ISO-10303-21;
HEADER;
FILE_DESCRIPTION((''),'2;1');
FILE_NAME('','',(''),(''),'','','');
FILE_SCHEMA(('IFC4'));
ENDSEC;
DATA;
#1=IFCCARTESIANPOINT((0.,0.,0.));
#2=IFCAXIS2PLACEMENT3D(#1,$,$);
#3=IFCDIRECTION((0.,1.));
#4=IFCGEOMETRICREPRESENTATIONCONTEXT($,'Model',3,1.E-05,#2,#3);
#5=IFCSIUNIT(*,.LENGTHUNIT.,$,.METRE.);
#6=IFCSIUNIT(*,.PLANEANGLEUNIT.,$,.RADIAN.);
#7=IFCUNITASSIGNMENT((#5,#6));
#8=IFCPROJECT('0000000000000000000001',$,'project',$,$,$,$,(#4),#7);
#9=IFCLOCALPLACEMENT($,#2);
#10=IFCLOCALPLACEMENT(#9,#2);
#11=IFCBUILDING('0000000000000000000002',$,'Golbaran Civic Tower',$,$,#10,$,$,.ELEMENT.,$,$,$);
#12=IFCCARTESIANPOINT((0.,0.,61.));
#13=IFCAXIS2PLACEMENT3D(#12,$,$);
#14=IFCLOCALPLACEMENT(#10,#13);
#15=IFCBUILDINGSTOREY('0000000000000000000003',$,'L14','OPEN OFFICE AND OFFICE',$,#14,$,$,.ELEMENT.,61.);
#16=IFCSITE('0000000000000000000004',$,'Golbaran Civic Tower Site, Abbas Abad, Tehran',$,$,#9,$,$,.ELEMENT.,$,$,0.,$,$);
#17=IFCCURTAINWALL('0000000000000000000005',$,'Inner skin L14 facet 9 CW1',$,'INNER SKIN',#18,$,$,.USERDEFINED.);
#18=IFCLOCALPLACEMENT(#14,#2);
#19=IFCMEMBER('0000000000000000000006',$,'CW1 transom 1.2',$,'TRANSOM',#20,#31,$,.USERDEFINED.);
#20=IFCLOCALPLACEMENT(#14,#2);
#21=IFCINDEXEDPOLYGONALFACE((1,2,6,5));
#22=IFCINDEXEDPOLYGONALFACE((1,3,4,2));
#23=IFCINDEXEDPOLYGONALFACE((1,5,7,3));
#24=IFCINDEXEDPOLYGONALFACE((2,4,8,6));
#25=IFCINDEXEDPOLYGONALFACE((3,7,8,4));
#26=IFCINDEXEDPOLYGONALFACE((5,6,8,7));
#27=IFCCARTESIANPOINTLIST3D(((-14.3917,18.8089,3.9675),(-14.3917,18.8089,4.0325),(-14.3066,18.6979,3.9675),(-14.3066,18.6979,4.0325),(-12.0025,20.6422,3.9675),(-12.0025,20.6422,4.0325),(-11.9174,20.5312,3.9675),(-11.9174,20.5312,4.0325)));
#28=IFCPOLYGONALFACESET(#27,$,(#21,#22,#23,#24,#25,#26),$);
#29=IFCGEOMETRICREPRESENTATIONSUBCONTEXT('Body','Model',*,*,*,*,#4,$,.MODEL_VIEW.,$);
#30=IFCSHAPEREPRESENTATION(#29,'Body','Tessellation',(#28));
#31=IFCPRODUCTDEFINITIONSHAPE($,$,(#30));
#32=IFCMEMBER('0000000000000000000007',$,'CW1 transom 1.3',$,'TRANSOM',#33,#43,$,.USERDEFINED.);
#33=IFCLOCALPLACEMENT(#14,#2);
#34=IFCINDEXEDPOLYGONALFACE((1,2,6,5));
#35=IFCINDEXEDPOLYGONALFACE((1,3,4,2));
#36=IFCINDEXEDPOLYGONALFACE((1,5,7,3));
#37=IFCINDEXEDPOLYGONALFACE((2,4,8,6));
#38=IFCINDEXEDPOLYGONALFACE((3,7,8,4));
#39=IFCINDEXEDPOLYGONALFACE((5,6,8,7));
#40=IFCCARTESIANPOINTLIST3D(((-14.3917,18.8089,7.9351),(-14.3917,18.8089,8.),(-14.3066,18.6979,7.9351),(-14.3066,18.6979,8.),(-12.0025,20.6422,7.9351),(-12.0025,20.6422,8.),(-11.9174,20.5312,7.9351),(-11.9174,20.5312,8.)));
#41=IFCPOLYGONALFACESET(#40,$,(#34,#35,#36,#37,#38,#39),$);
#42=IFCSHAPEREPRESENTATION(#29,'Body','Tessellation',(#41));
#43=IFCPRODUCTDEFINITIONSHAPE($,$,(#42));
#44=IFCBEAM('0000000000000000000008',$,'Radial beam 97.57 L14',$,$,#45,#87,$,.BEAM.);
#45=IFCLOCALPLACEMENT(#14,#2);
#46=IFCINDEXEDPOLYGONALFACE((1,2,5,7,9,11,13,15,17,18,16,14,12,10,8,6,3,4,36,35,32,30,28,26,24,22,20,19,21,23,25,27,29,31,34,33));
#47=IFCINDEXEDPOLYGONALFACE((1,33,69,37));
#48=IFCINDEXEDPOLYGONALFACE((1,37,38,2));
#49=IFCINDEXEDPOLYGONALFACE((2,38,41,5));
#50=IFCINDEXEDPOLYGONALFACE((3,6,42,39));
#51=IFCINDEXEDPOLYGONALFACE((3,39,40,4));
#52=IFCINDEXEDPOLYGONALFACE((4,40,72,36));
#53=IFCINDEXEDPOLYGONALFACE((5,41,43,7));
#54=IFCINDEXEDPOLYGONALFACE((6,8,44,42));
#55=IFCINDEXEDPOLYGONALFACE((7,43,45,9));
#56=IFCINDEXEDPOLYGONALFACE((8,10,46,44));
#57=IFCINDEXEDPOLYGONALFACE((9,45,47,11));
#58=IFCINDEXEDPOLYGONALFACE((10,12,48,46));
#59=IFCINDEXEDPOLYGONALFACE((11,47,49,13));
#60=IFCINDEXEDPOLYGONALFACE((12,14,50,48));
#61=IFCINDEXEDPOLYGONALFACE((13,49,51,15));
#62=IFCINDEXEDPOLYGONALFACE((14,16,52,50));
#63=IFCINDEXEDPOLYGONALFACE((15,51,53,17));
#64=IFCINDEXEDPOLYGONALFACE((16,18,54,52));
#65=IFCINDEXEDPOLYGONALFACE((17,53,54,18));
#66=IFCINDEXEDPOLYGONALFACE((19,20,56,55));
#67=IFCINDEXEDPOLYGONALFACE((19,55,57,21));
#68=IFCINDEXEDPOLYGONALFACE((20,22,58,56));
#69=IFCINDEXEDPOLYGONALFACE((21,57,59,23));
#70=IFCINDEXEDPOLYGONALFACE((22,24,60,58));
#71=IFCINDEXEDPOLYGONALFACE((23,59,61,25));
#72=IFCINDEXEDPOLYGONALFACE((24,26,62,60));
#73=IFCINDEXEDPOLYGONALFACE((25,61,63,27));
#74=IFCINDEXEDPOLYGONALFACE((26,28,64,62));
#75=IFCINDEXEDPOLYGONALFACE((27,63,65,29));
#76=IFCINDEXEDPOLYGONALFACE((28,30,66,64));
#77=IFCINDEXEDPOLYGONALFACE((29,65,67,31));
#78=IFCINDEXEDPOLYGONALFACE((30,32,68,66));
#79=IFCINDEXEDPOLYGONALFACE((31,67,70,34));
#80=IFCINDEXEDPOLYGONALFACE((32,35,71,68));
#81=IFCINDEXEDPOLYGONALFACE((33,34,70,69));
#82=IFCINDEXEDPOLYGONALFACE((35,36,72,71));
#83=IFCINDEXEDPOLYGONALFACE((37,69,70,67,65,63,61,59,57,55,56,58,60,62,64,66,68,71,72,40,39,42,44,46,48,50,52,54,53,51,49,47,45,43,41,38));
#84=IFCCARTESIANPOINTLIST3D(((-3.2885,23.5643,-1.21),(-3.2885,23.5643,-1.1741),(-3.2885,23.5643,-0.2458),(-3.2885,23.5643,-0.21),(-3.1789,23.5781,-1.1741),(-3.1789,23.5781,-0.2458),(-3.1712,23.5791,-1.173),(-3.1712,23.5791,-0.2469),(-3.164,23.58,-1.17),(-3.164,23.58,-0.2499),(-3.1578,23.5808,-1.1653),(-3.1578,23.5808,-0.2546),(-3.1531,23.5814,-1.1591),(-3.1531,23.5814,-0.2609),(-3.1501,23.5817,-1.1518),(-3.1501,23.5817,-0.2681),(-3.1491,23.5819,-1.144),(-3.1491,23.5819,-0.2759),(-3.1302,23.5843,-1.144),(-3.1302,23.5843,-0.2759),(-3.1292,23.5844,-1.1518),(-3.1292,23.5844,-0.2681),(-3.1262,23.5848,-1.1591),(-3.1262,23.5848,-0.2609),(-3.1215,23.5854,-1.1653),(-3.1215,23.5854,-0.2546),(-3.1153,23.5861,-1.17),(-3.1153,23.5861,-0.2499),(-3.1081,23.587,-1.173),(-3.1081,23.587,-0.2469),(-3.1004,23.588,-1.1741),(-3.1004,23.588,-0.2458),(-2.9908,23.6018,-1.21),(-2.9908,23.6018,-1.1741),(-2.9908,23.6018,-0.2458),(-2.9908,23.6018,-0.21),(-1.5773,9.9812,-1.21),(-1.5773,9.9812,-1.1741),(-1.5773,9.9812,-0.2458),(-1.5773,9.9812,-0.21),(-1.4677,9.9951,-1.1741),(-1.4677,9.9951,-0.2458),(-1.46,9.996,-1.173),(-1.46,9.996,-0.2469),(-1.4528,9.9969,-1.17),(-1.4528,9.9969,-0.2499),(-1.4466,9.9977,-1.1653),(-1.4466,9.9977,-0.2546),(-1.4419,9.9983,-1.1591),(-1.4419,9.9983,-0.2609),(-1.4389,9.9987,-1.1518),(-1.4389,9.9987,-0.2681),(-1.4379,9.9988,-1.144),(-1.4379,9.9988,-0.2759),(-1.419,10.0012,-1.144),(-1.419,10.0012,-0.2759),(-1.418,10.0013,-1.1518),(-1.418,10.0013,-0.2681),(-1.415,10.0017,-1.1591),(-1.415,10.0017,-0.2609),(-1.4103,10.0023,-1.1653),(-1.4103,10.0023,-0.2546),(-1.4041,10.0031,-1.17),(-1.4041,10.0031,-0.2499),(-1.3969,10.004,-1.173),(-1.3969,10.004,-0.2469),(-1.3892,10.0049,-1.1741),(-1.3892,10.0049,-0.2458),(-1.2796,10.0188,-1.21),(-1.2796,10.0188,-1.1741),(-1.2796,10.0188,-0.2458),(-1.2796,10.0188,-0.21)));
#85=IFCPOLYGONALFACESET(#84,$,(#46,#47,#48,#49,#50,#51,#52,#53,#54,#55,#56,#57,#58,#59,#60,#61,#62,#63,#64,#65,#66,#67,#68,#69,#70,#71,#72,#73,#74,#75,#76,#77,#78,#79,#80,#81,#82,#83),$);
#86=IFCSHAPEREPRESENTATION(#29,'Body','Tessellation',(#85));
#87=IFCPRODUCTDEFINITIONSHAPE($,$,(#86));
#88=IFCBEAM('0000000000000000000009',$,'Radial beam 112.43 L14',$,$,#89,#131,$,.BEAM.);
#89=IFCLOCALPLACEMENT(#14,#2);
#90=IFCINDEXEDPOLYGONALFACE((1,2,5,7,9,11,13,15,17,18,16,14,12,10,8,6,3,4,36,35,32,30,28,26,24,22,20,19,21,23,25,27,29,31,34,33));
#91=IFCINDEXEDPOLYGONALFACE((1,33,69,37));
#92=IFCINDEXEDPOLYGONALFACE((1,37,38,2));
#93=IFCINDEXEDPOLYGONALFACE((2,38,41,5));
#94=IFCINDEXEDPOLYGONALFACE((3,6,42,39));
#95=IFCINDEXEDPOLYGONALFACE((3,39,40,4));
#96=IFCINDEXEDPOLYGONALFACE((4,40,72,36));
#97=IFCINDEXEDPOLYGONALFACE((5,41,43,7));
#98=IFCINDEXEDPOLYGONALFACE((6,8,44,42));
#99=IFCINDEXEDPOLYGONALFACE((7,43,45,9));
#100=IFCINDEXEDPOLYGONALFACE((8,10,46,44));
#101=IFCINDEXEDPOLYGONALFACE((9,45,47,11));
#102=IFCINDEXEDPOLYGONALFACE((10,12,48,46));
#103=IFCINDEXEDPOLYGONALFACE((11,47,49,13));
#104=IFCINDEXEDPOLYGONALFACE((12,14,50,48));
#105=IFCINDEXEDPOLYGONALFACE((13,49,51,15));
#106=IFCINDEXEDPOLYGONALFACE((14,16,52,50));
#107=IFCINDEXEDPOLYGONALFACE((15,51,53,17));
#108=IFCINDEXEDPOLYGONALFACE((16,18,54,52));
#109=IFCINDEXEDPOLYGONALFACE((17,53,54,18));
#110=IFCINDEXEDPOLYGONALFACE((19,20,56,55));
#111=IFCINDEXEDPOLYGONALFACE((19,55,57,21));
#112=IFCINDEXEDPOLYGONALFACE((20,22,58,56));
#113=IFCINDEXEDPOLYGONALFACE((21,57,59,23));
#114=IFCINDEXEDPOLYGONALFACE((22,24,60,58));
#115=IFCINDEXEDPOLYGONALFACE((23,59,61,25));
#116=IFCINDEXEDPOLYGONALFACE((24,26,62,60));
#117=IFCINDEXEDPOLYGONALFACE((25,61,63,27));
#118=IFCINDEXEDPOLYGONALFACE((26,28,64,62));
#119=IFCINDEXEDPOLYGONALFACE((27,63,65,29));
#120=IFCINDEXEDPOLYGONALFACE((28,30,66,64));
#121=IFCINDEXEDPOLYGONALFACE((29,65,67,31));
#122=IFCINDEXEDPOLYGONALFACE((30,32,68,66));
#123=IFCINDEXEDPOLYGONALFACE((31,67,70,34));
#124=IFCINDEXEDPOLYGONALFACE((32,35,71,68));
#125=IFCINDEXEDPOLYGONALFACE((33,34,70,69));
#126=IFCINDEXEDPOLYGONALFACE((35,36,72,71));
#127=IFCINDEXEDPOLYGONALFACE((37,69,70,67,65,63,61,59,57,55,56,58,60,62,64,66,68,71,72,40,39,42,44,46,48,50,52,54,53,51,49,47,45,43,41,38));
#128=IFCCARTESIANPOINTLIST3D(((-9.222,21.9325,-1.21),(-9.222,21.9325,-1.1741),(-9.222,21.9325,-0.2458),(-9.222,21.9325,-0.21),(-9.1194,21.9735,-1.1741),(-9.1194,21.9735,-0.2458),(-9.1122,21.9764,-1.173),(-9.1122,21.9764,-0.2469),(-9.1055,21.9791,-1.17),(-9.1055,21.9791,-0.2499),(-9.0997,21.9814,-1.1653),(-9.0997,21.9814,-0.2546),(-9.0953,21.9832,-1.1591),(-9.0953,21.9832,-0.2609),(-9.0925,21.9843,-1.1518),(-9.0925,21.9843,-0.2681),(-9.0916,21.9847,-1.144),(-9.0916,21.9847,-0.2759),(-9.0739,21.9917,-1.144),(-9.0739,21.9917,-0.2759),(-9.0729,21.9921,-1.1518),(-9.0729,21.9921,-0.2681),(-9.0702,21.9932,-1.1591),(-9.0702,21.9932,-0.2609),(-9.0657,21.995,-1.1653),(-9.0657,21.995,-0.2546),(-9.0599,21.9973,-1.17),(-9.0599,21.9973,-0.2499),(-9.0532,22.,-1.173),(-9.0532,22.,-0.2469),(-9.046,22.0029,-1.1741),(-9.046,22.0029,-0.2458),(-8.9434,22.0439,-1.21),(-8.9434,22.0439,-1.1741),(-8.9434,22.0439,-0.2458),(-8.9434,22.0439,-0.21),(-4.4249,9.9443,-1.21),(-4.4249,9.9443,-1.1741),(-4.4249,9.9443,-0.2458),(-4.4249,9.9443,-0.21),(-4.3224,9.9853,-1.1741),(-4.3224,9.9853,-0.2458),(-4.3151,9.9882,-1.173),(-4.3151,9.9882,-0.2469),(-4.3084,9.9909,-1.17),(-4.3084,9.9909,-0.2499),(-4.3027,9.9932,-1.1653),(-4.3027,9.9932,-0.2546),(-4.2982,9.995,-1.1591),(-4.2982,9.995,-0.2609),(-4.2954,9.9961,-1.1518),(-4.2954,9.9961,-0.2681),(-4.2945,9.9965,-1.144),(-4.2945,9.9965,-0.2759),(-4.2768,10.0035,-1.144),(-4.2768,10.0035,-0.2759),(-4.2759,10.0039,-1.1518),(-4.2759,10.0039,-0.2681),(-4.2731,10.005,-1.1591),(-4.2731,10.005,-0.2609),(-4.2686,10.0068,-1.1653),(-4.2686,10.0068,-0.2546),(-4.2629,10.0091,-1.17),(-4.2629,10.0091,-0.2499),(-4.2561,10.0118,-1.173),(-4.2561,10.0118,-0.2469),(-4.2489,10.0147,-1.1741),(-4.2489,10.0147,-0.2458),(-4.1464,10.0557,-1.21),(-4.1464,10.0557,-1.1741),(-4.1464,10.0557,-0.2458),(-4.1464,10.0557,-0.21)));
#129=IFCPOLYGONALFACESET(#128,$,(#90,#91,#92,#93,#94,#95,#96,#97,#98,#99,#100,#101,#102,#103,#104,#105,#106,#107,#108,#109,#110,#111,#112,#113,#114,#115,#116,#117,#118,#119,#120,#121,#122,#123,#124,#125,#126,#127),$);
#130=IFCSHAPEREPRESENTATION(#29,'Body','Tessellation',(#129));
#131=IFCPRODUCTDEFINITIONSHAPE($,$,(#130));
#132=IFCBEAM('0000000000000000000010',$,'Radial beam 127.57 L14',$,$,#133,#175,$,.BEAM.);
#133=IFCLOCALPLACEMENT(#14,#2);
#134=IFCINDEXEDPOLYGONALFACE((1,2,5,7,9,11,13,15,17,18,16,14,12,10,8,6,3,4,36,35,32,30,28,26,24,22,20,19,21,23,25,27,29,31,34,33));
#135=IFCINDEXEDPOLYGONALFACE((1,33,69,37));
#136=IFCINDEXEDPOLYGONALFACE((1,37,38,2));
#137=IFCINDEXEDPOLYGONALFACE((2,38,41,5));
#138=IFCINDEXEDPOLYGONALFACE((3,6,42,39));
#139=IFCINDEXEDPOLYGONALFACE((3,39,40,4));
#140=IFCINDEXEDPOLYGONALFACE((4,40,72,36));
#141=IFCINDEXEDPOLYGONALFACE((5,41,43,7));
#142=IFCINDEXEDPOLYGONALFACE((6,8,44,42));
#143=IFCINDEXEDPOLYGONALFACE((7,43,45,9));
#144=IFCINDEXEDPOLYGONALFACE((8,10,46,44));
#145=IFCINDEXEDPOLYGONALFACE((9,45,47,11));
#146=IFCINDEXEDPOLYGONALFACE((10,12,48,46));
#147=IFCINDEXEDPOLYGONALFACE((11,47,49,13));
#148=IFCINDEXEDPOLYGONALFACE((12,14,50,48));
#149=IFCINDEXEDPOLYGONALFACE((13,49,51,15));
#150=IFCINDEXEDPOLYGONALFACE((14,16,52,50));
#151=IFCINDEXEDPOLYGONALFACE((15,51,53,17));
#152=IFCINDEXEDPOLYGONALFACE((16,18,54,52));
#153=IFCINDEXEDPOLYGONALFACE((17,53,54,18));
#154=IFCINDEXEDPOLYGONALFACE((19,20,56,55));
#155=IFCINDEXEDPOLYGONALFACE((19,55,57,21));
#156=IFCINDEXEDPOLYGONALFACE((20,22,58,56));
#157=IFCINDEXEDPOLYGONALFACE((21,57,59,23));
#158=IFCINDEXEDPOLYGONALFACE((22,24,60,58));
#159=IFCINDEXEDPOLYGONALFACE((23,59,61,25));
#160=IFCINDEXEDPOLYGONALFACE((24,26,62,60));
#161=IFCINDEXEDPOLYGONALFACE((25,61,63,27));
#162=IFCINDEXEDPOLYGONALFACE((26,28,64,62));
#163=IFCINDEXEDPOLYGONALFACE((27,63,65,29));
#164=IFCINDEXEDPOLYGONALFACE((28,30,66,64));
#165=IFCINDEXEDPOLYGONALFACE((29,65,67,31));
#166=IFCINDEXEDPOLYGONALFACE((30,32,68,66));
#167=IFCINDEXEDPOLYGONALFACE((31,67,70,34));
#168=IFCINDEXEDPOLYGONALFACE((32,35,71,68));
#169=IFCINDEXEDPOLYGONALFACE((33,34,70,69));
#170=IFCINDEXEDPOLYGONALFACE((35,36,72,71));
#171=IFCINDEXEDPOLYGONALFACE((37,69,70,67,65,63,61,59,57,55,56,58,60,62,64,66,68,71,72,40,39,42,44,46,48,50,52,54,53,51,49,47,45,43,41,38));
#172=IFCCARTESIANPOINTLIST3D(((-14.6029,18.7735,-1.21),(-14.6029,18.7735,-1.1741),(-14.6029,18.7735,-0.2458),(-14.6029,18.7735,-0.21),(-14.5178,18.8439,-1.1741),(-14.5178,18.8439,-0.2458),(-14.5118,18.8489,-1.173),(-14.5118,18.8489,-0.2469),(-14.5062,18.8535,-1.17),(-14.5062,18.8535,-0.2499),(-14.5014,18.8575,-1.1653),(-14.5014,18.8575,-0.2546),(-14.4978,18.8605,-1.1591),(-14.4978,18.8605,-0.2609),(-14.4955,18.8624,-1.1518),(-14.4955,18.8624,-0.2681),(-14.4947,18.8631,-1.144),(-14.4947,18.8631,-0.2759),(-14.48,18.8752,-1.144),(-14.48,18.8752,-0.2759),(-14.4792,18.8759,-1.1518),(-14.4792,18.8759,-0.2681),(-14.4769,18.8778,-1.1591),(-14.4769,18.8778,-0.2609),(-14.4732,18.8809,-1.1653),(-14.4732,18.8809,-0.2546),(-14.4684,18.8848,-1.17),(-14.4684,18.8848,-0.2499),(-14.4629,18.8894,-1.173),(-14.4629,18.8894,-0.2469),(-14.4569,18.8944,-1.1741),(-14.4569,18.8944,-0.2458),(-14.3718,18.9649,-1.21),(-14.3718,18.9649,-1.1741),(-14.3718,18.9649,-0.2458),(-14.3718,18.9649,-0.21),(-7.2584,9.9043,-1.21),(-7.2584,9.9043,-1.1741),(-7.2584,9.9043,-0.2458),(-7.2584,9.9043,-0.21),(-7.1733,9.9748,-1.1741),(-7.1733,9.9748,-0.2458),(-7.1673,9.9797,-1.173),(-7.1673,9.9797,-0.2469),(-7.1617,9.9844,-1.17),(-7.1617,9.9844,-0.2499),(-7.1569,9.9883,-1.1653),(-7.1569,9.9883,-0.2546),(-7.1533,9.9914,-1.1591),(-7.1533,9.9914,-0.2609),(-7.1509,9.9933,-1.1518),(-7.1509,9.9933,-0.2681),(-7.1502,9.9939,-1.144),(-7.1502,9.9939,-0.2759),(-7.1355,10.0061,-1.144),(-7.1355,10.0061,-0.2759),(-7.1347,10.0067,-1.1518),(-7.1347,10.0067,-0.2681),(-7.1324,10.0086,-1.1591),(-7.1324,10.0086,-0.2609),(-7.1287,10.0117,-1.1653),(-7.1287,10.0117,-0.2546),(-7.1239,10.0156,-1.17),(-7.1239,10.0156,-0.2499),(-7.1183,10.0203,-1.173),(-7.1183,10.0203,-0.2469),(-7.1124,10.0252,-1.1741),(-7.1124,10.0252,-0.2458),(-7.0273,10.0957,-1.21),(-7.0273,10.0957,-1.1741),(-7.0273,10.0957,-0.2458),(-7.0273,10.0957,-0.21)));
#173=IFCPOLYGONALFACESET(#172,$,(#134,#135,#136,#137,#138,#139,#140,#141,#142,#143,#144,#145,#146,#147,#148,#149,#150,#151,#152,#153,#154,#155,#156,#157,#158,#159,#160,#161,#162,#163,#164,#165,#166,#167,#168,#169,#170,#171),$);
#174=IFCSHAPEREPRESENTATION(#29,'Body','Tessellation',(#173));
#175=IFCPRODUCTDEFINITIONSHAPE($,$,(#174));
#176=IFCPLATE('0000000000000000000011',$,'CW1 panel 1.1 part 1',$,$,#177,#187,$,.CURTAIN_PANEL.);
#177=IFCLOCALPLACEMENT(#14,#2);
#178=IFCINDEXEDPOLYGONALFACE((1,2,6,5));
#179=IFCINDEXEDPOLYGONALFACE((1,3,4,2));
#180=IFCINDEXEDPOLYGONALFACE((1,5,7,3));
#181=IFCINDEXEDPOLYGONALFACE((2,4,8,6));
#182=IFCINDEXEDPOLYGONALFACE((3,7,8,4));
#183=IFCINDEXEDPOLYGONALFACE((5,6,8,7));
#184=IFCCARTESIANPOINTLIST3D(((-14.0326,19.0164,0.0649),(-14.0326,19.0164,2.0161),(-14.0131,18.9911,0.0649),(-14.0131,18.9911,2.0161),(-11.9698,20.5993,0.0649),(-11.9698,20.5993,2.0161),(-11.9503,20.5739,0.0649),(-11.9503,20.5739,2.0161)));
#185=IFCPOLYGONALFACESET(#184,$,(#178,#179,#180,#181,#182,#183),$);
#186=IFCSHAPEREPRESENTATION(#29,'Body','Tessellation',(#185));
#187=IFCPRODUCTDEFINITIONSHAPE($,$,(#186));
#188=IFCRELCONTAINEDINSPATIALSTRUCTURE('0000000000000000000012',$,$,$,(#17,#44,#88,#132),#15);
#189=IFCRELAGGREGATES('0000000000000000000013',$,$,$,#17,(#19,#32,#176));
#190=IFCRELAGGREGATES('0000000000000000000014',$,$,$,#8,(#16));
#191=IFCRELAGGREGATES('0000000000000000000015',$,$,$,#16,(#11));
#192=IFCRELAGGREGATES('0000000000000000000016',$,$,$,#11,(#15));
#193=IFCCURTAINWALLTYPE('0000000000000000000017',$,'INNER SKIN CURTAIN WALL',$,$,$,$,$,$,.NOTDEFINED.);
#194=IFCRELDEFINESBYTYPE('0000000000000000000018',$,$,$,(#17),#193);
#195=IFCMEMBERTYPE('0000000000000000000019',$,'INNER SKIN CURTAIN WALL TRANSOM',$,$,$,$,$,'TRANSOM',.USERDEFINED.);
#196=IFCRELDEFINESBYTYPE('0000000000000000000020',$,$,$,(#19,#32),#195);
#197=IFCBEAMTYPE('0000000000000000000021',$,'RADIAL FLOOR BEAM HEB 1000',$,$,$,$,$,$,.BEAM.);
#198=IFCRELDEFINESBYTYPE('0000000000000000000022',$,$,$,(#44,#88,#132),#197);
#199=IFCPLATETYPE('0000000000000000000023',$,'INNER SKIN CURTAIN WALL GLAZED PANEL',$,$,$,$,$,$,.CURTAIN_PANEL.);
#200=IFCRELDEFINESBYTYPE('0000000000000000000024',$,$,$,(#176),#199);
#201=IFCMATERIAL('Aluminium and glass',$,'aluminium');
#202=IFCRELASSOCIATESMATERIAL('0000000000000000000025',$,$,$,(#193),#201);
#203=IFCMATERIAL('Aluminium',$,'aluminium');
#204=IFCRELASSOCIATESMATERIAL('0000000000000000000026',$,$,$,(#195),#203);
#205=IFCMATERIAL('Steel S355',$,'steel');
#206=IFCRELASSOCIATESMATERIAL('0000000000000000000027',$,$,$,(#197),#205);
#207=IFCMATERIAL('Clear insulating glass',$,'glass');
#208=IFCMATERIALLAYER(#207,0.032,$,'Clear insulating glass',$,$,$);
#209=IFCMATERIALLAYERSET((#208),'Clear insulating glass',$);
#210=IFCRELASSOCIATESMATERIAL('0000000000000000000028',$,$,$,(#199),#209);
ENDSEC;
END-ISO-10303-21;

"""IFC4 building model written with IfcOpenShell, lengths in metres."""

from ifc_helpers import new_model, si_unit, direction, frame, origin, origin_2d, place, context, subcontext, project, spatial, rectangle, i_section, extrude, material, layer, layer_set, material_profile, profile_set, type_object, element, aggregate, save


model = new_model("IFC4")

# Units and contexts
model_context = context("Model", 3, precision=1e-05, world=origin(), true_north=direction((0.0, 1.0)))
body_context = subcontext(model_context, "Body", "Model", "MODEL_VIEW")
ifc_project = project(units=[si_unit("LENGTHUNIT", "METRE"), si_unit("PLANEANGLEUNIT", "RADIAN")], contexts=[model_context])

# Site, building, storey
site_placement = place(None, origin())
site = spatial("IfcSite", under=ifc_project, at=site_placement, Name="Golbaran Civic Tower Site, Abbas Abad, Tehran", CompositionType="ELEMENT", RefElevation=0.0)
building_placement = place(site_placement, origin())
building = spatial("IfcBuilding", under=site, at=building_placement, Name="Golbaran Civic Tower", CompositionType="ELEMENT")
storey_placement = place(building_placement, frame((0.0, 0.0, 61.0)))
storey = spatial("IfcBuildingStorey", under=building, at=storey_placement, Name="L14", Description="OPEN OFFICE AND OFFICE", CompositionType="ELEMENT", Elevation=61.0)

# Shared definitions
ifc_material_1 = material(Name="Steel S355", Category="steel")

# Shared definitions
ifc_material_2 = material(Name="Aluminium and glass", Category="aluminium")
curtain_wall_type = type_object("IfcCurtainWallType", Name="INNER SKIN CURTAIN WALL", PredefinedType="NOTDEFINED", material=ifc_material_2)
ifc_material_3 = material(Name="Aluminium", Category="aluminium")

# Curtain wall, members
curtain_wall_1_placement = place(storey_placement, origin())
curtain_wall_1 = element("IfcCurtainWall", 1, at=curtain_wall_1_placement, inside=storey, type_object=curtain_wall_type, Name="Inner skin L14 facet 9 CW1", ObjectType="INNER SKIN", PredefinedType="USERDEFINED")
ifc_material_profile_1 = material_profile(ifc_material_3, rectangle(XDim=0.1399, YDim=0.0649, at=origin_2d()), Name="INNER SKIN CURTAIN WALL TRANSOM")
ifc_profile_set_1 = profile_set([ifc_material_profile_1], Name="Aluminium")
member_type_1 = type_object("IfcMemberType", Name="INNER SKIN CURTAIN WALL TRANSOM", ElementType="TRANSOM", PredefinedType="USERDEFINED", material=ifc_profile_set_1)
member_1_placement = place(storey_placement, frame((-11.96, 20.5867, 4.0), z_axis=(-0.793356, -0.608758, 0.0), x_axis=(0.608758, -0.793356, 0.0)))
member_1 = element("IfcMember", 2, at=member_1_placement, type_object=member_type_1, Name="CW1 transom 1.2", ObjectType="TRANSOM", PredefinedType="USERDEFINED", context=body_context, shape_type="SweptSolid", body=[
    extrude(rectangle(XDim=0.1399, YDim=0.0649, at=origin_2d()), origin(), (0.0, 0.0, 1.0), 3.0115),
])
member_2_placement = place(storey_placement, frame((-11.96, 20.5867, 7.9675), z_axis=(-0.793356, -0.608758, 0.0), x_axis=(0.608758, -0.793356, 0.0)))
member_2 = element("IfcMember", 3, at=member_2_placement, type_object=member_type_1, Name="CW1 transom 1.3", ObjectType="TRANSOM", PredefinedType="USERDEFINED", context=body_context, shape_type="SweptSolid", body=[
    extrude(rectangle(XDim=0.1399, YDim=0.0649, at=origin_2d()), origin(), (0.0, 0.0, 1.0), 3.0115),
])

# Beams
ifc_material_profile_2 = material_profile(ifc_material_1, i_section(OverallWidth=0.3, OverallDepth=1.0, WebThickness=0.019, FlangeThickness=0.0359, FilletRadius=0.03, at=origin_2d()), Name="HEB 1000")
ifc_profile_set_2 = profile_set([ifc_material_profile_2], Name="Steel S355")
beam_type_1 = type_object("IfcBeamType", Name="RADIAL FLOOR BEAM HEB 1000", PredefinedType="BEAM", material=ifc_profile_set_2)
beam_1_placement = place(storey_placement, frame((-1.4285, 10.0, -0.71), z_axis=(-0.124992, 0.992158, 0.0), x_axis=(-0.992158, -0.124992, 0.0)))
element("IfcBeam", 4, at=beam_1_placement, inside=storey, type_object=beam_type_1, Name="Radial beam 97.57 L14", PredefinedType="BEAM", context=body_context, shape_type="SweptSolid", body=[
    extrude(i_section(OverallWidth=0.3, OverallDepth=1.0, WebThickness=0.019, FlangeThickness=0.0359, FilletRadius=0.03, at=origin_2d()), origin(), (0.0, 0.0, 1.0), 13.6904),
])
beam_2_placement = place(storey_placement, frame((-4.2856, 10.0, -0.71), z_axis=(-0.371511, 0.928428, 0.0), x_axis=(-0.928428, -0.371511, 0.0)))
element("IfcBeam", 5, at=beam_2_placement, inside=storey, type_object=beam_type_1, Name="Radial beam 112.43 L14", PredefinedType="BEAM", context=body_context, shape_type="SweptSolid", body=[
    extrude(i_section(OverallWidth=0.3, OverallDepth=1.0, WebThickness=0.019, FlangeThickness=0.0359, FilletRadius=0.03, at=origin_2d()), origin(), (0.0, 0.0, 1.0), 12.9124),
])
beam_3_placement = place(storey_placement, frame((-7.1428, 10.0, -0.71), z_axis=(-0.6378, 0.770202, 0.0), x_axis=(-0.770202, -0.6378, 0.0)))
element("IfcBeam", 6, at=beam_3_placement, inside=storey, type_object=beam_type_1, Name="Radial beam 127.57 L14", PredefinedType="BEAM", context=body_context, shape_type="SweptSolid", body=[
    extrude(i_section(OverallWidth=0.3, OverallDepth=1.0, WebThickness=0.019, FlangeThickness=0.0359, FilletRadius=0.03, at=origin_2d()), origin(), (0.0, 0.0, 1.0), 11.5154),
])

# Plate
ifc_material_4 = material(Name="Clear insulating glass", Category="glass")
ifc_layer_1 = layer(ifc_material_4, 0.032, Name="Clear insulating glass")
ifc_layer_set_1 = layer_set([ifc_layer_1], Name="Clear insulating glass")
plate_type = type_object("IfcPlateType", Name="INNER SKIN CURTAIN WALL GLAZED PANEL", PredefinedType="CURTAIN_PANEL", material=ifc_layer_set_1)
plate_1_placement = place(storey_placement, frame((-12.9915, 19.7952, 0.0649), z_axis=(0.0, 0.0, 1.0), x_axis=(-0.793353, -0.608761, 0.0)))
plate_1 = element("IfcPlate", 7, at=plate_1_placement, type_object=plate_type, Name="CW1 panel 1.1 part 1", PredefinedType="CURTAIN_PANEL", context=body_context, shape_type="SweptSolid", body=[
    extrude(rectangle(XDim=2.6001, YDim=0.032, at=origin_2d()), origin(), (0.0, 0.0, 1.0), 1.9512),
])
aggregate(curtain_wall_1, [member_1, member_2, plate_1])

save(model, "model.ifc")
